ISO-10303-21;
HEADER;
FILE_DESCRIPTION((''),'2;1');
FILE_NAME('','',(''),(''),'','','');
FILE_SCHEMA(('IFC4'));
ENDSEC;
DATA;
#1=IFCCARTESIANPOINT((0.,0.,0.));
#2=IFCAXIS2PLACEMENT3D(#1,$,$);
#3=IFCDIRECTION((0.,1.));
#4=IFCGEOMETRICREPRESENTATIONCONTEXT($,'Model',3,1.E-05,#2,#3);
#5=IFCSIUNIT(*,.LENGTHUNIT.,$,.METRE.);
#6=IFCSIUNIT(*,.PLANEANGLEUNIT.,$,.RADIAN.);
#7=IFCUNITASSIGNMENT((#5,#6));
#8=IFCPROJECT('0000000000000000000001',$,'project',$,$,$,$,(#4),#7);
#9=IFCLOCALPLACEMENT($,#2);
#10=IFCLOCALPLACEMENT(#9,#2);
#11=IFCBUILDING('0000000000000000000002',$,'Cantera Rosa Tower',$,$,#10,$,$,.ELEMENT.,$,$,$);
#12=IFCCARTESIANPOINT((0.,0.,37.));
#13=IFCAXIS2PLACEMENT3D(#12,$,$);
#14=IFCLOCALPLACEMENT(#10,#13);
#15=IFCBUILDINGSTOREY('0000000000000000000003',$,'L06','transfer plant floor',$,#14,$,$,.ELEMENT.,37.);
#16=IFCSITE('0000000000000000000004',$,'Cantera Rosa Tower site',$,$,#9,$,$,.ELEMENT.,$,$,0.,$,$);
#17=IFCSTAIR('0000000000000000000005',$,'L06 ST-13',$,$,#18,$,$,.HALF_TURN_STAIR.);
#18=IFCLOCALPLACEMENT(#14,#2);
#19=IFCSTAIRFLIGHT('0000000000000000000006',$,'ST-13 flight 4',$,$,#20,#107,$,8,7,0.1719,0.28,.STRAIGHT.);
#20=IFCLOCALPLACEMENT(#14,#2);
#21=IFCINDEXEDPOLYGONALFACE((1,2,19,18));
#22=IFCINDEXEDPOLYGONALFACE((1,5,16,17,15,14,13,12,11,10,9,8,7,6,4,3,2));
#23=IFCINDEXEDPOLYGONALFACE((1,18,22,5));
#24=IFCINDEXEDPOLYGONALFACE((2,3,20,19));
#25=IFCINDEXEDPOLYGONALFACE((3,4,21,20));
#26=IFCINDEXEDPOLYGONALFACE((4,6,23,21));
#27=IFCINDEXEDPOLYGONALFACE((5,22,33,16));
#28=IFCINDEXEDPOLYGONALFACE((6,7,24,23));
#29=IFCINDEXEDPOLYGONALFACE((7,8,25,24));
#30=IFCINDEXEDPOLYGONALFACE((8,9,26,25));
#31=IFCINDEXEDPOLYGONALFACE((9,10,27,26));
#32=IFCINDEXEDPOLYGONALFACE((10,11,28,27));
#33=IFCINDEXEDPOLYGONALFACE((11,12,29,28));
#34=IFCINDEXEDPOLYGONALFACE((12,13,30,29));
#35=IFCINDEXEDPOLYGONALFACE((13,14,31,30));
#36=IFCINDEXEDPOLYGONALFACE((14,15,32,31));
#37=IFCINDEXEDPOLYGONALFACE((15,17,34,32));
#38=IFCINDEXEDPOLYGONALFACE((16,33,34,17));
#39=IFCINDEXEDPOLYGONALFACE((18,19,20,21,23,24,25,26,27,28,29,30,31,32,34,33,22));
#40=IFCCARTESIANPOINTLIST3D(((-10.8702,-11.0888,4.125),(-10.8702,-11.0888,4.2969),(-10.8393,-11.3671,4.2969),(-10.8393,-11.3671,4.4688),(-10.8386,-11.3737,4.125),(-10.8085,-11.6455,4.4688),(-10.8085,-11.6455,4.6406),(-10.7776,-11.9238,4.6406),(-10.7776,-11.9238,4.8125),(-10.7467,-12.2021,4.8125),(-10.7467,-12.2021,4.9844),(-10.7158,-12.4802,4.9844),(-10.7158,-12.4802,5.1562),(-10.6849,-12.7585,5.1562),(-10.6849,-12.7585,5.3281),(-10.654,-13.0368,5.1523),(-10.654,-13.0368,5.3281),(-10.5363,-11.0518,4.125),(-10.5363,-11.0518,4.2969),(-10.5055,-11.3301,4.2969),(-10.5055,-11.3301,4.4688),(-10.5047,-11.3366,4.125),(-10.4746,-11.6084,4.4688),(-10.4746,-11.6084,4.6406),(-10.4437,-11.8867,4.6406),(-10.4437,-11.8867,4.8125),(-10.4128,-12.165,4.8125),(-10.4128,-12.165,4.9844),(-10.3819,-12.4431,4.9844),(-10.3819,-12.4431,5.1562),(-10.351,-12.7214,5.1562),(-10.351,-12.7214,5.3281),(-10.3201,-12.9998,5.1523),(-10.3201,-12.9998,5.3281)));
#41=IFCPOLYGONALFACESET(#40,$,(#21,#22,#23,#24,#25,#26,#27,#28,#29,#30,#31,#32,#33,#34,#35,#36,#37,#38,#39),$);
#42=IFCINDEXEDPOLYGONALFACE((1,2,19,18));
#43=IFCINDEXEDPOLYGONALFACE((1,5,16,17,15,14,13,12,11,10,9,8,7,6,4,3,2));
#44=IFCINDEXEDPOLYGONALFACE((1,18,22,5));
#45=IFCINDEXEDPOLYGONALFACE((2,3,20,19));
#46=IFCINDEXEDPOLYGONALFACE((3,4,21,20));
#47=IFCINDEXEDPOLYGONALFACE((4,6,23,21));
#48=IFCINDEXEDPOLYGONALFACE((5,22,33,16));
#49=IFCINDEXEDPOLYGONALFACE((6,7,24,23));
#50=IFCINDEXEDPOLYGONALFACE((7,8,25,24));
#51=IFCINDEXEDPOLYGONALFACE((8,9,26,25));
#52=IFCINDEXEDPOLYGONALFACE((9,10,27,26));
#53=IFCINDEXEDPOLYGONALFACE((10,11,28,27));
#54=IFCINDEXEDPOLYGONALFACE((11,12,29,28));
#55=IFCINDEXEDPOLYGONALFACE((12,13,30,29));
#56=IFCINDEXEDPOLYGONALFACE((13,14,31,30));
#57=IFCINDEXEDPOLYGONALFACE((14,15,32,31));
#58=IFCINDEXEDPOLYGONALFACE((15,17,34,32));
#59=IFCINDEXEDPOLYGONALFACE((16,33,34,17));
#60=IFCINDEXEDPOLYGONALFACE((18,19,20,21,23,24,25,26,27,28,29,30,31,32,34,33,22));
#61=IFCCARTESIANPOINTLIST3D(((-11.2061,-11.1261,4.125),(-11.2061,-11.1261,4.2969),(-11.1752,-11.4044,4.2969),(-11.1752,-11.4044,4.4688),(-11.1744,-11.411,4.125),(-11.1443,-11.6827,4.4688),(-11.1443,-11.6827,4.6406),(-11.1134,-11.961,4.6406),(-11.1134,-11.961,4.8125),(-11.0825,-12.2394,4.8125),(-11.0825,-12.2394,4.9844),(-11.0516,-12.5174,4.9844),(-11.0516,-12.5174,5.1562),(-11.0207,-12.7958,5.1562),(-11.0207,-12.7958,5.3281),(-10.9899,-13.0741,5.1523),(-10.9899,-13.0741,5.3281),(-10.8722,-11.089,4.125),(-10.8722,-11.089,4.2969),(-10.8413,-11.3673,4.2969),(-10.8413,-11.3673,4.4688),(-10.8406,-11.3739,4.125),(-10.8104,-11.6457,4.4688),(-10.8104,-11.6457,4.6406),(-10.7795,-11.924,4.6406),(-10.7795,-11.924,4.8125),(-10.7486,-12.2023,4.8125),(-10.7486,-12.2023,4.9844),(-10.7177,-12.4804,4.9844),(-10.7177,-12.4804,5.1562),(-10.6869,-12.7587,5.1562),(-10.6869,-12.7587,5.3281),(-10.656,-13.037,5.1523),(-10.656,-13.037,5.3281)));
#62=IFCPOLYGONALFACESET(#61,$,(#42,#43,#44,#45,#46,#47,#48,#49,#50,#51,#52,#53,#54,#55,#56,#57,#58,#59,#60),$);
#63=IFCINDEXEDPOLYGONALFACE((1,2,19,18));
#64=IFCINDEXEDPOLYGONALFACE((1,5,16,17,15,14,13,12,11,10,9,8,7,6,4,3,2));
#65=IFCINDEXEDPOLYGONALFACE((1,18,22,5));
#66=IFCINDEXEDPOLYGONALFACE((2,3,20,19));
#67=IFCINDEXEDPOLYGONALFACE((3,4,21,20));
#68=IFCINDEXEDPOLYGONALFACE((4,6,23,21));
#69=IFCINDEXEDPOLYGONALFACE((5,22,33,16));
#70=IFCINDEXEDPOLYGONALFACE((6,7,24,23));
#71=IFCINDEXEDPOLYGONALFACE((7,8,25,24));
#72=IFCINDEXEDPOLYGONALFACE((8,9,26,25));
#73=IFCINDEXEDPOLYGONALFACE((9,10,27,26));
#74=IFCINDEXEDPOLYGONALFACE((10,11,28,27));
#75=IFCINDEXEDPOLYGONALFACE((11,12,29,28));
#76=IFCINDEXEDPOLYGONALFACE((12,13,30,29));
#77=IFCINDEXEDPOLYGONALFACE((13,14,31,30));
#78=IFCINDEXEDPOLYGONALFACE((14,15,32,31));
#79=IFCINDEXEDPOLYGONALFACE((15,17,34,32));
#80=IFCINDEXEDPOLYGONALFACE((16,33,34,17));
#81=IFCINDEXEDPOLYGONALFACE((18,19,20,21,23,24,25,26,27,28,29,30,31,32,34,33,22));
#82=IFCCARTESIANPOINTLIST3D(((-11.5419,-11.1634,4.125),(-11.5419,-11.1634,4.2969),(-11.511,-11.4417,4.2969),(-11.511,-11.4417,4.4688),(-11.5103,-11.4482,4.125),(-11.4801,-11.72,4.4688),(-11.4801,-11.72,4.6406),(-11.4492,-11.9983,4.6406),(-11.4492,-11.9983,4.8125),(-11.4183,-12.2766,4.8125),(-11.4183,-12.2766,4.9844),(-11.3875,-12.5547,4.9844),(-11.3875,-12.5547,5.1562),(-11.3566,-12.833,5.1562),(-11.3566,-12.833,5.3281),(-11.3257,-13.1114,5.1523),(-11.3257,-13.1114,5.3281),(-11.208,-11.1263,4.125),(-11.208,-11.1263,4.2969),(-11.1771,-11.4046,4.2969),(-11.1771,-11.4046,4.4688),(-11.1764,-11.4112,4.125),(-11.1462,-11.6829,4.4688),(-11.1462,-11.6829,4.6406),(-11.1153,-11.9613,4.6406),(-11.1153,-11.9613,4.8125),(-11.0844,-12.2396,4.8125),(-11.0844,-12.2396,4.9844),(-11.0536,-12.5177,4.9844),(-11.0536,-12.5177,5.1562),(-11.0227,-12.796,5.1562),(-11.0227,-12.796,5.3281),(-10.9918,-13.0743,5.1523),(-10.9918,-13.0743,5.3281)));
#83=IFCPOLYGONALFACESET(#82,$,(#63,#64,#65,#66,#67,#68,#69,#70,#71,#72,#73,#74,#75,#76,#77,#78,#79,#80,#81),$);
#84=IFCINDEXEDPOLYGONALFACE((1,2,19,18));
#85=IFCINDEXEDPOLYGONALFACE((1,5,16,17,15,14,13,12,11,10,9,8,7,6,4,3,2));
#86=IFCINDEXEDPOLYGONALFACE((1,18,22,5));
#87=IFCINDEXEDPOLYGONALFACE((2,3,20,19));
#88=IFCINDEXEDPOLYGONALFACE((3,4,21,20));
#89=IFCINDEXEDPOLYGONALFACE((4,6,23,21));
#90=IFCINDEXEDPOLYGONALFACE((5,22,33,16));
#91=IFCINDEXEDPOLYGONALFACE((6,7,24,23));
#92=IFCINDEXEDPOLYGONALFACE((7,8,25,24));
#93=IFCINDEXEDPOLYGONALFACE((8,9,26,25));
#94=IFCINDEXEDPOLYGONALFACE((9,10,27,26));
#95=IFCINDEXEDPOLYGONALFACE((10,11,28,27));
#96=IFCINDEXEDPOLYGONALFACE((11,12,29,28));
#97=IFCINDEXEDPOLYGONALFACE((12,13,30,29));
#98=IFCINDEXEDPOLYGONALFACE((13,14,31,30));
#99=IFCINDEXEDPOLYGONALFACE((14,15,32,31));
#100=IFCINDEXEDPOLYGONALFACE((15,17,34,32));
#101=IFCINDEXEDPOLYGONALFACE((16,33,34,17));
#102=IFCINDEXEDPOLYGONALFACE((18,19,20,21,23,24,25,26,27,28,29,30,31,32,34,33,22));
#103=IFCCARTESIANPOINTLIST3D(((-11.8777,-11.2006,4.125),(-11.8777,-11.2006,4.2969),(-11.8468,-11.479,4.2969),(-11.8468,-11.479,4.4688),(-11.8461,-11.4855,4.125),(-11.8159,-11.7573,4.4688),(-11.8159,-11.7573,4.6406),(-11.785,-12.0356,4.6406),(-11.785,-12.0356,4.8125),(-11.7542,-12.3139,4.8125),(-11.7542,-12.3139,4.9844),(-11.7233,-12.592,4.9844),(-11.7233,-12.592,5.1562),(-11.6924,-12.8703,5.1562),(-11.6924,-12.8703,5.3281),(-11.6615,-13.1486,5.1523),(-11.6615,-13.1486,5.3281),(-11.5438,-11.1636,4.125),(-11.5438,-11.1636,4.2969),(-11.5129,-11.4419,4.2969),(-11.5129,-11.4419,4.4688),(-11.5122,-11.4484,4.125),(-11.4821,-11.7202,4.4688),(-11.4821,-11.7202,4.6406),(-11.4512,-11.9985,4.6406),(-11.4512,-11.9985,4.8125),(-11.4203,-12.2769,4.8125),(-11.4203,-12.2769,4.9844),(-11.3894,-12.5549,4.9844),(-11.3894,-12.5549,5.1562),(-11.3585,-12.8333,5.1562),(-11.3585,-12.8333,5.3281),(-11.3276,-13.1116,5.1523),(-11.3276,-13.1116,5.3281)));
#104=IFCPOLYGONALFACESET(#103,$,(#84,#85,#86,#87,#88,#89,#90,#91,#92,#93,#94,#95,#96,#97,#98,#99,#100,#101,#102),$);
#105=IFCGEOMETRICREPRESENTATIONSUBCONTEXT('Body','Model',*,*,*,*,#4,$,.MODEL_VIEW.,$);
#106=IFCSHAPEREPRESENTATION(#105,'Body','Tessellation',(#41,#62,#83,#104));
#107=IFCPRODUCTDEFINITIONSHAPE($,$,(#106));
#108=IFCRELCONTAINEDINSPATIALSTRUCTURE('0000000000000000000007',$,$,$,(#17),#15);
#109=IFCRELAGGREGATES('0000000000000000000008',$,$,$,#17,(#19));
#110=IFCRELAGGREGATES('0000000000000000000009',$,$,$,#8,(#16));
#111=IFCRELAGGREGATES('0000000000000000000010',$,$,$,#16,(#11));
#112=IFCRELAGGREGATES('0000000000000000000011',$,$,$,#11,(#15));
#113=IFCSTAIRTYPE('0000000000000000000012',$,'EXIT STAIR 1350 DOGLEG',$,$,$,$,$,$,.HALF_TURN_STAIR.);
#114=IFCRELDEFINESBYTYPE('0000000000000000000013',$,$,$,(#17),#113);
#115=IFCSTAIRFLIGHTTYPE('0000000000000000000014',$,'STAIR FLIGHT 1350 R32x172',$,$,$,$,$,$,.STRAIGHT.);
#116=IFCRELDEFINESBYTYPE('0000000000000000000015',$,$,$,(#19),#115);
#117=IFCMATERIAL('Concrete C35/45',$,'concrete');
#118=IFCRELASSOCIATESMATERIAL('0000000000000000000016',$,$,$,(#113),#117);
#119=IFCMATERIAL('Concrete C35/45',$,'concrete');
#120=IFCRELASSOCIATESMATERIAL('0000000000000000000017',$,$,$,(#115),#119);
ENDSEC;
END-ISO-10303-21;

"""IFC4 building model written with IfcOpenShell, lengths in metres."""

from ifc_helpers import new_model, si_unit, direction, frame, origin, place, context, subcontext, project, spatial, polyline, outline, extrude, material, type_object, element, aggregate, save


model = new_model("IFC4")

# Units and contexts
model_context = context("Model", 3, precision=1e-05, world=origin(), true_north=direction((0.0, 1.0)))
body_context = subcontext(model_context, "Body", "Model", "MODEL_VIEW")
ifc_project = project(units=[si_unit("LENGTHUNIT", "METRE"), si_unit("PLANEANGLEUNIT", "RADIAN")], contexts=[model_context])

# Site, building, storey
site_placement = place(None, origin())
site = spatial("IfcSite", under=ifc_project, at=site_placement, Name="Cantera Rosa Tower site", CompositionType="ELEMENT", RefElevation=0.0)
building_placement = place(site_placement, origin())
building = spatial("IfcBuilding", under=site, at=building_placement, Name="Cantera Rosa Tower", CompositionType="ELEMENT")
storey_placement = place(building_placement, frame((0.0, 0.0, 37.0)))
storey = spatial("IfcBuildingStorey", under=building, at=storey_placement, Name="L06", Description="transfer plant floor", CompositionType="ELEMENT", Elevation=37.0)

# Stair, stair flight
ifc_material_1 = material(Name="Concrete C35/45", Category="concrete")
stair_type = type_object("IfcStairType", Name="EXIT STAIR 1350 DOGLEG", PredefinedType="HALF_TURN_STAIR", material=ifc_material_1)
stair_placement = place(storey_placement, origin())
stair = element("IfcStair", 1, at=stair_placement, inside=storey, type_object=stair_type, Name="L06 ST-13", PredefinedType="HALF_TURN_STAIR")
ifc_material_2 = material(Name="Concrete C35/45", Category="concrete")
stair_flight_type = type_object("IfcStairFlightType", Name="STAIR FLIGHT 1350 R32x172", PredefinedType="STRAIGHT", material=ifc_material_2)
stair_flight_1_placement = place(storey_placement, frame((-11.2073, -11.1262, 4.125), z_axis=(0.0, 0.0, 1.0), x_axis=(0.110313, -0.993897, 0.0)))
stair_flight_1 = element("IfcStairFlight", 2, at=stair_flight_1_placement, type_object=stair_flight_type, Name="ST-13 flight 4", NumberOfRisers=8, NumberOfTreads=7, PredefinedType="STRAIGHT", RiserHeight=0.1719, TreadLength=0.28, context=body_context, shape_type="SweptSolid", body=[
    extrude(outline(polyline([(0.0, 0.0), (0.0, 0.1719), (0.28, 0.1719), (0.28, 0.3438), (0.5601, 0.3438), (0.5601, 0.5156), (0.8401, 0.5156), (0.8401, 0.6875), (1.1201, 0.6875), (1.1201, 0.8594), (1.3999, 0.8594), (1.3999, 1.0312), (1.6799, 1.0312), (1.6799, 1.2031), (1.96, 1.2031), (1.96, 1.375), (1.96, 1.0273), (0.2866, 0.0), (0.0, 0.0)])), frame((0.0, 0.675, 0.0), z_axis=(0.0, -1.0, 0.0), x_axis=(1.0, 0.0, 0.0)), (0.0, 0.0, 1.0), 0.3359),
    extrude(outline(polyline([(0.0, 0.0), (0.0, 0.1719), (0.28, 0.1719), (0.28, 0.3438), (0.5601, 0.3438), (0.5601, 0.5156), (0.8401, 0.5156), (0.8401, 0.6875), (1.1201, 0.6875), (1.1201, 0.8594), (1.3999, 0.8594), (1.3999, 1.0312), (1.6799, 1.0312), (1.6799, 1.2031), (1.96, 1.2031), (1.96, 1.375), (1.96, 1.0273), (0.2866, 0.0), (0.0, 0.0)])), frame((0.0, 0.3372, 0.0), z_axis=(0.0, -1.0, 0.0), x_axis=(1.0, 0.0, 0.0)), (0.0, 0.0, 1.0), 0.3359),
    extrude(outline(polyline([(0.0, 0.0), (0.0, 0.1719), (0.28, 0.1719), (0.28, 0.3438), (0.5601, 0.3438), (0.5601, 0.5156), (0.8401, 0.5156), (0.8401, 0.6875), (1.1201, 0.6875), (1.1201, 0.8594), (1.3999, 0.8594), (1.3999, 1.0312), (1.6799, 1.0312), (1.6799, 1.2031), (1.96, 1.2031), (1.96, 1.375), (1.96, 1.0273), (0.2866, 0.0), (0.0, 0.0)])), frame((0.0, -0.0007, 0.0), z_axis=(0.0, -1.0, 0.0), x_axis=(1.0, 0.0, 0.0)), (0.0, 0.0, 1.0), 0.3359),
    extrude(outline(polyline([(0.0, 0.0), (0.0, 0.1719), (0.28, 0.1719), (0.28, 0.3438), (0.5601, 0.3438), (0.5601, 0.5156), (0.8401, 0.5156), (0.8401, 0.6875), (1.1201, 0.6875), (1.1201, 0.8594), (1.3999, 0.8594), (1.3999, 1.0312), (1.6799, 1.0312), (1.6799, 1.2031), (1.96, 1.2031), (1.96, 1.375), (1.96, 1.0273), (0.2866, 0.0), (0.0, 0.0)])), frame((0.0, -0.3386, 0.0), z_axis=(0.0, -1.0, 0.0), x_axis=(1.0, 0.0, 0.0)), (0.0, 0.0, 1.0), 0.3359),
])
aggregate(stair, [stair_flight_1])

save(model, "model.ifc")
